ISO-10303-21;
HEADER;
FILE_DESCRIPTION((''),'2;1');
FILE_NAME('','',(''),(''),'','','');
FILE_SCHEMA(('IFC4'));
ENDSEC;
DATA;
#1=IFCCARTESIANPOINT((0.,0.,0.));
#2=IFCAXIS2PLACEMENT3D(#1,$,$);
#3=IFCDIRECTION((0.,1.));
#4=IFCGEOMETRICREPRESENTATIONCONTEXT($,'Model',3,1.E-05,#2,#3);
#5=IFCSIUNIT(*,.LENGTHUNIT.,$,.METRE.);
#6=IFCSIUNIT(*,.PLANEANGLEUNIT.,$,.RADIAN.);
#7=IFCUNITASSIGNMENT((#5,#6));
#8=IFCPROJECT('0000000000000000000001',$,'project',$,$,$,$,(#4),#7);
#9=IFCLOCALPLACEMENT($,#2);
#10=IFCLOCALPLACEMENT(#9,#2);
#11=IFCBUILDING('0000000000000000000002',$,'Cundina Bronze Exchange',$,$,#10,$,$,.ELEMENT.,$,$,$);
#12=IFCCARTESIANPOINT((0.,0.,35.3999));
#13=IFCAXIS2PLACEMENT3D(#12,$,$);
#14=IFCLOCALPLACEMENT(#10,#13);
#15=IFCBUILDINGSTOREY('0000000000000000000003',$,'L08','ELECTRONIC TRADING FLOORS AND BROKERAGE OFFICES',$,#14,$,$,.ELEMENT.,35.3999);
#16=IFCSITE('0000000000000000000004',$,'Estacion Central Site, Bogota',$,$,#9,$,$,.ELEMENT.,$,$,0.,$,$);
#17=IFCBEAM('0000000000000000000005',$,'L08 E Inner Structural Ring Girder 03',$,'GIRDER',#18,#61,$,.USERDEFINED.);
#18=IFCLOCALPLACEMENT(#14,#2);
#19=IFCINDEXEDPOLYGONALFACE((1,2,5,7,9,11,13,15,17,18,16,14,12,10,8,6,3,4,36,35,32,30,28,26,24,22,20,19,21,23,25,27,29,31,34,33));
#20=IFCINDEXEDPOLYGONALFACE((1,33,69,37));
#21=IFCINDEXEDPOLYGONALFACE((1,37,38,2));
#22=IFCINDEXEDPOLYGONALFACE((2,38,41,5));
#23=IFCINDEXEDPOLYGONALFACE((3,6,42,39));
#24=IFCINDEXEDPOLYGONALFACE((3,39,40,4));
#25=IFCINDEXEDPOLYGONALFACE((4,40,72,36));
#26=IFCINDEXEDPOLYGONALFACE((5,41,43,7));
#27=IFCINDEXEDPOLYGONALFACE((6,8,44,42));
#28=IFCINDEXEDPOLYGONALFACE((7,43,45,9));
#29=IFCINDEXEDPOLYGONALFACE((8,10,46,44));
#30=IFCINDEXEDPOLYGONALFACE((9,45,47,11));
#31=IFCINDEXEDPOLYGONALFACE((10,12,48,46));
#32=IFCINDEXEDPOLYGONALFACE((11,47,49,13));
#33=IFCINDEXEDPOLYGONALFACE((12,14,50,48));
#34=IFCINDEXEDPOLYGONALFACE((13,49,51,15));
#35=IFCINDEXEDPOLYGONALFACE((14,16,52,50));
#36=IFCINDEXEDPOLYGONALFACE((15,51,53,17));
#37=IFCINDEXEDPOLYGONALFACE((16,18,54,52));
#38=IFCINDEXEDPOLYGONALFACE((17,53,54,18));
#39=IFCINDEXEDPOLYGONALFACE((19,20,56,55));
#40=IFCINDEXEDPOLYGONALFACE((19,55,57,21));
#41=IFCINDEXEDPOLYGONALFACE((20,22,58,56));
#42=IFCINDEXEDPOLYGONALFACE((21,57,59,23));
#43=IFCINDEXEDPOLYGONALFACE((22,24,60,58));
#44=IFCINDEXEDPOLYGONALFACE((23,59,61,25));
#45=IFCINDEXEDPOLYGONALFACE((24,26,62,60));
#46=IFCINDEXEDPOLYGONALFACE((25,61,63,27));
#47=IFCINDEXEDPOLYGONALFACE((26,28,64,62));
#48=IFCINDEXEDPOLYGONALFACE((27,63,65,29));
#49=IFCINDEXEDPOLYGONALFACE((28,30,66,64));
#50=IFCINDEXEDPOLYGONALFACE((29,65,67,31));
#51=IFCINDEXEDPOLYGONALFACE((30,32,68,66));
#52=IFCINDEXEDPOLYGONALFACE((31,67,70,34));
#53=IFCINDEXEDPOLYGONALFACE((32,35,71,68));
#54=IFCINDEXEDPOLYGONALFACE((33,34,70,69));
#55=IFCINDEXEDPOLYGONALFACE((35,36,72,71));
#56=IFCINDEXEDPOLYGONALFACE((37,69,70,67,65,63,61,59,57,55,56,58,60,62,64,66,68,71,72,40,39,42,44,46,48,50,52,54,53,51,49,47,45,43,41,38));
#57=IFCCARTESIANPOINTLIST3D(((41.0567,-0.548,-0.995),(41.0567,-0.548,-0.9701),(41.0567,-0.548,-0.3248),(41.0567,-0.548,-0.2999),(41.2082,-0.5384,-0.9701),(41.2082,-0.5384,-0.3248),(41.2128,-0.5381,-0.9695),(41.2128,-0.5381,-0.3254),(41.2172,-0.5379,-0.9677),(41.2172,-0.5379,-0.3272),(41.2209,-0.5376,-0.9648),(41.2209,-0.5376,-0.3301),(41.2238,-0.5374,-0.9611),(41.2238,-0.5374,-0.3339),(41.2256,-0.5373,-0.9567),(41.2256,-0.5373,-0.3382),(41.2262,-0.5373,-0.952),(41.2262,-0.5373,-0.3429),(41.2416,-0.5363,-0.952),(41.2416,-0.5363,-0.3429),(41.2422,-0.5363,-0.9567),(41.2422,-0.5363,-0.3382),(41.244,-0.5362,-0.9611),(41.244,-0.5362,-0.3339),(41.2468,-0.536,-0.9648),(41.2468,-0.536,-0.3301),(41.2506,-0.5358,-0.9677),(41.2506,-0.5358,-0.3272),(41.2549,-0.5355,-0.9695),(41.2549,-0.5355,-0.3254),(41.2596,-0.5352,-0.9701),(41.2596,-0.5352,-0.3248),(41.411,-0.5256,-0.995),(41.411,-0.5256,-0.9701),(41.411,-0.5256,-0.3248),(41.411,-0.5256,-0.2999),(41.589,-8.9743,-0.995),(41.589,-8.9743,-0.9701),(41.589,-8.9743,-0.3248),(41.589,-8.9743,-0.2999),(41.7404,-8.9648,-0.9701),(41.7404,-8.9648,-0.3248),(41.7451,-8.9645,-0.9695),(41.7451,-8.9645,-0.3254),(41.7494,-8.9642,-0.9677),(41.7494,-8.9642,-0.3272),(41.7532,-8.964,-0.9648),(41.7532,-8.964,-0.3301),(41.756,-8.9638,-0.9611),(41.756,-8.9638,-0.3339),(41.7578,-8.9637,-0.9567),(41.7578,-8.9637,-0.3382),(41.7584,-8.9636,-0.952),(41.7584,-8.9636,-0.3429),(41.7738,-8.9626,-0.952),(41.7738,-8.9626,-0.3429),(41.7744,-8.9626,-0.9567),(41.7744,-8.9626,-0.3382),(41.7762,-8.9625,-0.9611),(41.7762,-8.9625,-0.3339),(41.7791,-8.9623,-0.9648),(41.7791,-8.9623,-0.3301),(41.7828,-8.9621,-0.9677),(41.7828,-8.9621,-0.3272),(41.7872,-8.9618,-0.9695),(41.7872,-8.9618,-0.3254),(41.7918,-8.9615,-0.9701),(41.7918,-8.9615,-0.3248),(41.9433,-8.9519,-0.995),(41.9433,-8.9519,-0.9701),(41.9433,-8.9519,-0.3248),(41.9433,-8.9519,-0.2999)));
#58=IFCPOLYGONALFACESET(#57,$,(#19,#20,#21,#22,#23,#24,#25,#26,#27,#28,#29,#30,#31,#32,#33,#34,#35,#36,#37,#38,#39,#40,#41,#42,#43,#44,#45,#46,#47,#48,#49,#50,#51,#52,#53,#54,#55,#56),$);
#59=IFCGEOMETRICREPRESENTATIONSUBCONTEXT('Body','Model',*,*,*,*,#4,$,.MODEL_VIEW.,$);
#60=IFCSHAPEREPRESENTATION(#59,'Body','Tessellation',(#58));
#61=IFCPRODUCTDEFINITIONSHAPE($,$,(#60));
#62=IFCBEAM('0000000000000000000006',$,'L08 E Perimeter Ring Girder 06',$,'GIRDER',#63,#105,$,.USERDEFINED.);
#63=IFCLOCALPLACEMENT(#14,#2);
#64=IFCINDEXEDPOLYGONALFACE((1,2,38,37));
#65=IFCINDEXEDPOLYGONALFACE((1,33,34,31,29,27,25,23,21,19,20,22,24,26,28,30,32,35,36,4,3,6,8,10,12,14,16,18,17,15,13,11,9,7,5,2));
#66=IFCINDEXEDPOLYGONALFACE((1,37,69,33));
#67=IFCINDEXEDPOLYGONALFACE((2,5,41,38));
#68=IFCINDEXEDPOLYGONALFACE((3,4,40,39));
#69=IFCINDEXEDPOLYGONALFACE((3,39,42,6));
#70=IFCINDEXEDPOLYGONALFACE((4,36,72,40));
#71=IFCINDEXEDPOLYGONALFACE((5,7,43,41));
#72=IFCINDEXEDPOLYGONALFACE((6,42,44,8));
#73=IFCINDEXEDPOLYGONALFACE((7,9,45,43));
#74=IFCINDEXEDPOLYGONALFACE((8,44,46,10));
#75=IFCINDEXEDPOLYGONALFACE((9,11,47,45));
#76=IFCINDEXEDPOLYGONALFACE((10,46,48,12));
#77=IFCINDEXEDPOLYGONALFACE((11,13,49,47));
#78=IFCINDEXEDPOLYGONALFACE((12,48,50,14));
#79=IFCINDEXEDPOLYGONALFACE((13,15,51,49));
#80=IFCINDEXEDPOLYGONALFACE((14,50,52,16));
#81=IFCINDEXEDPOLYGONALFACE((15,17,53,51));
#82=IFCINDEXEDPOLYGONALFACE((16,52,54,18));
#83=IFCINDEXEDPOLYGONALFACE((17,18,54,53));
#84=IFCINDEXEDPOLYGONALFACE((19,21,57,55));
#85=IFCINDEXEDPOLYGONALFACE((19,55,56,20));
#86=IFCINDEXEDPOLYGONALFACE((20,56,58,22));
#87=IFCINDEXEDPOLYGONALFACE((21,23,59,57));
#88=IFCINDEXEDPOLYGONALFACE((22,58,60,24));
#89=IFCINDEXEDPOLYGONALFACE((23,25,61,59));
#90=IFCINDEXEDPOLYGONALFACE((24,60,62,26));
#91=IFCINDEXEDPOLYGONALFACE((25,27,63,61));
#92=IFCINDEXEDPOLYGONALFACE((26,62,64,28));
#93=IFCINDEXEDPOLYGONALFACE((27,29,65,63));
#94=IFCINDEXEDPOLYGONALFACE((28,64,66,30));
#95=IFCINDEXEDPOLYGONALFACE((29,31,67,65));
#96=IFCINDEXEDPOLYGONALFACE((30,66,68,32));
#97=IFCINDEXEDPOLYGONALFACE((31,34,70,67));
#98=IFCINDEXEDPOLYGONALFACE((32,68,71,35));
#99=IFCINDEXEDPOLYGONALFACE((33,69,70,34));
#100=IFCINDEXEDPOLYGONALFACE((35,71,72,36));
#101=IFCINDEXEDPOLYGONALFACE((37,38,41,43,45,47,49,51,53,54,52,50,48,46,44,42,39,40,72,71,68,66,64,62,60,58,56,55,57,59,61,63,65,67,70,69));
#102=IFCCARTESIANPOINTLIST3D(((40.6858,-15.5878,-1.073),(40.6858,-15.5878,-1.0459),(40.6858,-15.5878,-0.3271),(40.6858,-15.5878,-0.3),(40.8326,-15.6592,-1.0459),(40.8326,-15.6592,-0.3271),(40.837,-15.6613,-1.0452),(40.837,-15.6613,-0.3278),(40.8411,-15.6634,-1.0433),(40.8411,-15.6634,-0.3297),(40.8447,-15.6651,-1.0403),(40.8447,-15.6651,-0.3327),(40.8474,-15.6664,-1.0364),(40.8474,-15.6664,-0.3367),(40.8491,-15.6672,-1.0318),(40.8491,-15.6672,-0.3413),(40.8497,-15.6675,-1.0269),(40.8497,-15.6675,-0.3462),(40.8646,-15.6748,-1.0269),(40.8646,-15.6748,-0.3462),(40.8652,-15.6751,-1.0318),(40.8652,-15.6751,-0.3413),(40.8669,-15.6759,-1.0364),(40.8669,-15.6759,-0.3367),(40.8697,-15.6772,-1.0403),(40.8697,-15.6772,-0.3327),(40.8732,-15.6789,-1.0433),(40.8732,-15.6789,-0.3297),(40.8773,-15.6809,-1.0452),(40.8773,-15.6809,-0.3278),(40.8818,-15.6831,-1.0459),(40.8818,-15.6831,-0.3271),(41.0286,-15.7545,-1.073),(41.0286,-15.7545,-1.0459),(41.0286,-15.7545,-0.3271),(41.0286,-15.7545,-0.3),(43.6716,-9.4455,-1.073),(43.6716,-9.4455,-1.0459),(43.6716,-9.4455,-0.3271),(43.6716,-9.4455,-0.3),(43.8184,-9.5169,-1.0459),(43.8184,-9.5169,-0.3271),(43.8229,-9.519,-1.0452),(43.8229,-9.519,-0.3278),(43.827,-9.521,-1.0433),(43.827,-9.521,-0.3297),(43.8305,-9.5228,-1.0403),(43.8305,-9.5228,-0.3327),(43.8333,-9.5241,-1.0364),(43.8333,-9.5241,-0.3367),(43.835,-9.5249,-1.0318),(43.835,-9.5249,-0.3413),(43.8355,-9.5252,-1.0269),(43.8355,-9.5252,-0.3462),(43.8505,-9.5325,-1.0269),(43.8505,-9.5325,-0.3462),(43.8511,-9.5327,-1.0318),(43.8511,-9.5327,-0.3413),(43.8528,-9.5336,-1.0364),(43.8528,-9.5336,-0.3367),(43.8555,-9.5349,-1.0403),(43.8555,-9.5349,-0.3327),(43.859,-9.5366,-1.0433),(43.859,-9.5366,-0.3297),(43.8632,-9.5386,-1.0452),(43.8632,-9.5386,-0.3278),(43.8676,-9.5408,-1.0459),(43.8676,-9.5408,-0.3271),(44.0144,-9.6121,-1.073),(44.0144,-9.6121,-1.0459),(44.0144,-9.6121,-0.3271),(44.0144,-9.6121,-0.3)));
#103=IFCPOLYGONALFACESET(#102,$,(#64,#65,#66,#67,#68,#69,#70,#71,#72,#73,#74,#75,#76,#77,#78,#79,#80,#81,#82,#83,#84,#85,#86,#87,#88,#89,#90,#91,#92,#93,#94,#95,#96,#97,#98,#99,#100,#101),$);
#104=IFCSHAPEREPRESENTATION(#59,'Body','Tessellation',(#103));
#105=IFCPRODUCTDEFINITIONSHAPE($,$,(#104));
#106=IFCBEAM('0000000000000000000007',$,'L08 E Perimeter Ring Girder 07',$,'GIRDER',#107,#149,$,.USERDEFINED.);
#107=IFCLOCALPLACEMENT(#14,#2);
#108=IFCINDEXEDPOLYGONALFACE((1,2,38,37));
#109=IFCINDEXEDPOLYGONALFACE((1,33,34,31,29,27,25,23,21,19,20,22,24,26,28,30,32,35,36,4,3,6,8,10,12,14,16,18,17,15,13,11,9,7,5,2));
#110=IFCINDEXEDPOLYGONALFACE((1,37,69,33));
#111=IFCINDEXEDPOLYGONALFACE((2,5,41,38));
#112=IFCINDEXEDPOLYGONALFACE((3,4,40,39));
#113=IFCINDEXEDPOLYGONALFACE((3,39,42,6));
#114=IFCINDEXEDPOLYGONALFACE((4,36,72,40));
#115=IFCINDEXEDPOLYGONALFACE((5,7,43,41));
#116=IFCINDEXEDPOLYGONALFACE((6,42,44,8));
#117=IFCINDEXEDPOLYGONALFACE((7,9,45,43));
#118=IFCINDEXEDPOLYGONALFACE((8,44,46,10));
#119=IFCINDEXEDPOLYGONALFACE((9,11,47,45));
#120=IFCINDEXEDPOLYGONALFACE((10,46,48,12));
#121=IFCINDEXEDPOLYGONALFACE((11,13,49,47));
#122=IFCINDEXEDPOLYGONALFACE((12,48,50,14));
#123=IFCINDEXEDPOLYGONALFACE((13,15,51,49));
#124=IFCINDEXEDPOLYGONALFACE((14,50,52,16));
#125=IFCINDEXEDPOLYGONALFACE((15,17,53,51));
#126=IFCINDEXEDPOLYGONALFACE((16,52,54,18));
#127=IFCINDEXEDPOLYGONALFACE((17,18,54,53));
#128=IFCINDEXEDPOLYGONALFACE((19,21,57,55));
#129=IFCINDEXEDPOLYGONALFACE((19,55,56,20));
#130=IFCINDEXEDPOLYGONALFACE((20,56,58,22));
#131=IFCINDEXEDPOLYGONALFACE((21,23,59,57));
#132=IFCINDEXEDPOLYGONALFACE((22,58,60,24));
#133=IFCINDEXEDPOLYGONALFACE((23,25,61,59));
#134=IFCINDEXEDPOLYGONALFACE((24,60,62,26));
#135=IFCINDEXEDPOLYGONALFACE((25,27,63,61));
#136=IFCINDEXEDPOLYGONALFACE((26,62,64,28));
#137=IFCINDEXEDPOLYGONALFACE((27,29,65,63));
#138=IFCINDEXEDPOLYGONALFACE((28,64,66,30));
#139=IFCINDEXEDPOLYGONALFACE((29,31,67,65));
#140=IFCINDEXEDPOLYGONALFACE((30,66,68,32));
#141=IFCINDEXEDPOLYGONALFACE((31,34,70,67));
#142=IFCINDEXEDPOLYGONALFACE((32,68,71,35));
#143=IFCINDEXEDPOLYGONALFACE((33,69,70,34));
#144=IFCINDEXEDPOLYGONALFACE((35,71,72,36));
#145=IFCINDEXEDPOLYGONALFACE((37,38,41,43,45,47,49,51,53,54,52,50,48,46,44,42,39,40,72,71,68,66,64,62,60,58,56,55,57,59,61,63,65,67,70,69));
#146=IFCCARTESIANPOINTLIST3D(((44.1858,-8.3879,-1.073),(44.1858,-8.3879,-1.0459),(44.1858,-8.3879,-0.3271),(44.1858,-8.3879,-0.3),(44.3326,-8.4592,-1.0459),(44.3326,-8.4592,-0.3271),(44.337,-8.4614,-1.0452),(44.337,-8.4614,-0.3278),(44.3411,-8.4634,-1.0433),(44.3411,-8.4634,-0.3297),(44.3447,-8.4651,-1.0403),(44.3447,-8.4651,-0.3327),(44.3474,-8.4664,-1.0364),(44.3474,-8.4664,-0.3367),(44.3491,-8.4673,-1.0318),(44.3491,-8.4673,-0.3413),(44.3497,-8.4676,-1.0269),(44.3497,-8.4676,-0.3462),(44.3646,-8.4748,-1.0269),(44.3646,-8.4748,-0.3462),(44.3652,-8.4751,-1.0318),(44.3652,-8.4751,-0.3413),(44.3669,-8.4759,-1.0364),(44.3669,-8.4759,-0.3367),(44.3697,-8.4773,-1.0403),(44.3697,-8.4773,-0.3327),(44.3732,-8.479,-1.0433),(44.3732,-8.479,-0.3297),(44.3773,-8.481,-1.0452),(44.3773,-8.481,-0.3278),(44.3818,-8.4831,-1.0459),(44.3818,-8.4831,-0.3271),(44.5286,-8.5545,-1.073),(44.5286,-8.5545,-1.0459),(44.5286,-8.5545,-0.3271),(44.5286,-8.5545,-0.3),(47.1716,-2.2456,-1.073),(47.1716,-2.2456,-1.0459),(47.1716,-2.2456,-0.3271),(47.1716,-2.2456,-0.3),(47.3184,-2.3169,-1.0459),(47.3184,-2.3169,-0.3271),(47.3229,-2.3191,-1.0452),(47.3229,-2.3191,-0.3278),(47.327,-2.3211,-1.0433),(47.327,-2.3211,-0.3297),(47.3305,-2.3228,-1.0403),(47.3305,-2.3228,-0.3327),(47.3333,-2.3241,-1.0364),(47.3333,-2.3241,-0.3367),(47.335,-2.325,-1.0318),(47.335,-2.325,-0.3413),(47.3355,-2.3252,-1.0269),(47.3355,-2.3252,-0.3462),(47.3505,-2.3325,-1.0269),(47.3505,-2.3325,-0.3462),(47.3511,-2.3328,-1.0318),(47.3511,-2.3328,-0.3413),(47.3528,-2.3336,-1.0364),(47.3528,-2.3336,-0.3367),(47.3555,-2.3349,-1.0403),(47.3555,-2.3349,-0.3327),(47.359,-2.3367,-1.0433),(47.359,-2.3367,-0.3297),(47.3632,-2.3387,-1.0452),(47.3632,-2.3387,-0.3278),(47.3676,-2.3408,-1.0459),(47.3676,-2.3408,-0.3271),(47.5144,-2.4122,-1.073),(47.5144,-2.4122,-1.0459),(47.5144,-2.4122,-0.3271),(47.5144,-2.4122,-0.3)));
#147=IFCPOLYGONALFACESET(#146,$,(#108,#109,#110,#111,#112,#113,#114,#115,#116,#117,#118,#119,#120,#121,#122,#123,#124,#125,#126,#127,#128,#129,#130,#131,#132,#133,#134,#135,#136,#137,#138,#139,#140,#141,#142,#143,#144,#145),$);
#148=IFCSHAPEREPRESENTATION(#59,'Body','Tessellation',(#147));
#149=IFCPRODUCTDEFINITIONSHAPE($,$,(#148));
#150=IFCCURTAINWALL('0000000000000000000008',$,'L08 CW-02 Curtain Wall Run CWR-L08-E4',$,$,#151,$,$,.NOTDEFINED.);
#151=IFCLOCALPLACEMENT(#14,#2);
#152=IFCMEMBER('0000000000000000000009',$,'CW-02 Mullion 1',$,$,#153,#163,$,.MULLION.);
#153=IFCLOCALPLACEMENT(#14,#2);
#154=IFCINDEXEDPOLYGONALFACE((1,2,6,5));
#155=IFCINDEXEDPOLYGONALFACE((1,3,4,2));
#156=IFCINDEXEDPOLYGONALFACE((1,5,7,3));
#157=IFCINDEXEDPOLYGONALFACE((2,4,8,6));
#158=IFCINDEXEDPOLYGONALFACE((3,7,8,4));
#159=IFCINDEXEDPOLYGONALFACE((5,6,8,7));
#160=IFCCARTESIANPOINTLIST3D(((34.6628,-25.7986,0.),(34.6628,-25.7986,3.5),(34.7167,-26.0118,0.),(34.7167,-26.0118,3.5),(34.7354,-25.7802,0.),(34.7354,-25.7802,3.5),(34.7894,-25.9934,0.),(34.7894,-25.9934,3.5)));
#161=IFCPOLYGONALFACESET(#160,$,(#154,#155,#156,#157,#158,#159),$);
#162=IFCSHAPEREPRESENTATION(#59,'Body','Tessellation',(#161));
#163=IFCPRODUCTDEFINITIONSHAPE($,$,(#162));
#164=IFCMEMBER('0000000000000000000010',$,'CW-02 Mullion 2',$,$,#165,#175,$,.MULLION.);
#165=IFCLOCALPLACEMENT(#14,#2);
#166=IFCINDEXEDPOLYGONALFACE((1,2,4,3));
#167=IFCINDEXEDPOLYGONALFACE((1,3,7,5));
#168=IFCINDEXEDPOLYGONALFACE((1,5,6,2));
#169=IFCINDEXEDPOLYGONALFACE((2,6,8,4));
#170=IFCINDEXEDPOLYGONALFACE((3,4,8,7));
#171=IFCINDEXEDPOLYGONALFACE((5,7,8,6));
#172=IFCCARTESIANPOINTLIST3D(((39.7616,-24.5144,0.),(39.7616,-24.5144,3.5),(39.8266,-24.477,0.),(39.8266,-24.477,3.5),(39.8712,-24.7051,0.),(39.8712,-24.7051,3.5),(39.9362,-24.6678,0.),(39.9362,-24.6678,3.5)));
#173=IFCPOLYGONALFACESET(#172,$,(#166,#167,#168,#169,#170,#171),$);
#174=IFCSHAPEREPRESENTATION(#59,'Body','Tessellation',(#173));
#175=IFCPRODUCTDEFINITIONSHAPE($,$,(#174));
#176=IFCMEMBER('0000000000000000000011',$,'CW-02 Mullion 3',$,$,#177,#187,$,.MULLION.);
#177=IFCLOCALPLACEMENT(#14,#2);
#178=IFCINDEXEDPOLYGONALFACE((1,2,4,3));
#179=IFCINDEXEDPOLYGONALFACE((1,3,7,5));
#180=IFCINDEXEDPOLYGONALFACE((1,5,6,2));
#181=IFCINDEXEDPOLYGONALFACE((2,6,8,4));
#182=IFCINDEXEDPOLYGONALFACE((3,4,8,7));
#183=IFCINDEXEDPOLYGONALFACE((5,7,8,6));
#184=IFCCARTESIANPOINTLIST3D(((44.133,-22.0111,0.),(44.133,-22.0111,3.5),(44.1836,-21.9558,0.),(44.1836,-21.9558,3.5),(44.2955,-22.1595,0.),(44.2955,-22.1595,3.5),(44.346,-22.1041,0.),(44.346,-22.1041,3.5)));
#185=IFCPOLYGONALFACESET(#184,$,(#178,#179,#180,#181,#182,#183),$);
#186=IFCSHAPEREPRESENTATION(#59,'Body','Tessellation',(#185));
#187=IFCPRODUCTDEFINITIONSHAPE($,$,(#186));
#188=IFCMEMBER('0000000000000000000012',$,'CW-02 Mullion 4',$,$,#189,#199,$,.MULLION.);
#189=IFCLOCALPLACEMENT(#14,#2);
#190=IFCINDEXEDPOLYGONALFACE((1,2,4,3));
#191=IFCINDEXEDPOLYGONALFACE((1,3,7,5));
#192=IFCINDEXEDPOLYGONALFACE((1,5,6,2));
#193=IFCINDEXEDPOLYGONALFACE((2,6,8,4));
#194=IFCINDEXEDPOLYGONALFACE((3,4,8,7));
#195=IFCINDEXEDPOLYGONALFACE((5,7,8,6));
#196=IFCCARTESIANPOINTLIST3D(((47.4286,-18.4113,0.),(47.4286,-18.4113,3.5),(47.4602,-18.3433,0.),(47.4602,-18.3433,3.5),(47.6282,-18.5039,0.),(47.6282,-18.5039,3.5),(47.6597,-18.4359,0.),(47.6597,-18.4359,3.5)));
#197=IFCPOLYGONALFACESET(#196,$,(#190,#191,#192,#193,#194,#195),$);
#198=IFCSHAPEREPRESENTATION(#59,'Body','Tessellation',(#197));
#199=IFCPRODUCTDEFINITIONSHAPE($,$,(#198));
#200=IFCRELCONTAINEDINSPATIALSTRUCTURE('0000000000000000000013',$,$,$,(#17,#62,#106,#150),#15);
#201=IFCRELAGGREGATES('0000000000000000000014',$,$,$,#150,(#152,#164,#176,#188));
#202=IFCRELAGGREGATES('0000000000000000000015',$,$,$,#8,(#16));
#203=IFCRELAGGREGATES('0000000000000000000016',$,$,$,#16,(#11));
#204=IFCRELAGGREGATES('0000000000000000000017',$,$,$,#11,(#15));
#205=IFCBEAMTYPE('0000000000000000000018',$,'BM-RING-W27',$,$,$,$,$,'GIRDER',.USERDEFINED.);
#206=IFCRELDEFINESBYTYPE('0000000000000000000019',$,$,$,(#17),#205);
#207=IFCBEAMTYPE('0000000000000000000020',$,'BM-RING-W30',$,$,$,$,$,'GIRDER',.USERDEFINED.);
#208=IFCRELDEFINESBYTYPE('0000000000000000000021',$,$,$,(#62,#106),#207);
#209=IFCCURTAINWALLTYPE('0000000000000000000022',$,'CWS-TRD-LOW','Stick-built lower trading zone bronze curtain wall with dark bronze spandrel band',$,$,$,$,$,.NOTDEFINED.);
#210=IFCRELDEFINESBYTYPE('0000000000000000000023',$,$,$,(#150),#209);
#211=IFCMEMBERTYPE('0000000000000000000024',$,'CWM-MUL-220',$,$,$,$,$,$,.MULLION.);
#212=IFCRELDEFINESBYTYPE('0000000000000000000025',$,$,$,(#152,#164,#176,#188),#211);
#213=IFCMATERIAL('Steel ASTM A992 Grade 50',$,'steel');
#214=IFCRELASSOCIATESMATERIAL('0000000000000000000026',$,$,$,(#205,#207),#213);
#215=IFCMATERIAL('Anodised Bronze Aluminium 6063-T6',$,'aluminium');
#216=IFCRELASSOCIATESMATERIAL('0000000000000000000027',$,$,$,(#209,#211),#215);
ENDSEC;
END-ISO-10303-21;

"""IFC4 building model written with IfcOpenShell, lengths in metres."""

from ifc_helpers import new_model, si_unit, direction, frame, origin, origin_2d, place, context, subcontext, project, spatial, rectangle, i_section, extrude, material, material_profile, profile_set, type_object, element, aggregate, save


model = new_model("IFC4")

# Units and contexts
model_context = context("Model", 3, precision=1e-05, world=origin(), true_north=direction((0.0, 1.0)))
body_context = subcontext(model_context, "Body", "Model", "MODEL_VIEW")
ifc_project = project(units=[si_unit("LENGTHUNIT", "METRE"), si_unit("PLANEANGLEUNIT", "RADIAN")], contexts=[model_context])

# Site, building, storey
site_placement = place(None, origin())
site = spatial("IfcSite", under=ifc_project, at=site_placement, Name="Estacion Central Site, Bogota", CompositionType="ELEMENT", RefElevation=0.0)
building_placement = place(site_placement, origin())
building = spatial("IfcBuilding", under=site, at=building_placement, Name="Cundina Bronze Exchange", CompositionType="ELEMENT")
storey_placement = place(building_placement, frame((0.0, 0.0, 35.3999)))
storey = spatial("IfcBuildingStorey", under=building, at=storey_placement, Name="L08", Description="ELECTRONIC TRADING FLOORS AND BROKERAGE OFFICES", CompositionType="ELEMENT", Elevation=35.3999)

# Beams
ifc_material_1 = material(Name="Steel ASTM A992 Grade 50", Category="steel")
ifc_material_profile_1 = material_profile(ifc_material_1, i_section(OverallWidth=0.355, OverallDepth=0.6951, WebThickness=0.0154, FlangeThickness=0.0249, FilletRadius=0.0181, at=origin_2d()), Name="W27X146", Category="steel")
ifc_profile_set_1 = profile_set([ifc_material_profile_1], Name="Steel ASTM A992 Grade 50")
beam_type_1 = type_object("IfcBeamType", Name="BM-RING-W27", ElementType="GIRDER", PredefinedType="USERDEFINED", material=ifc_profile_set_1)
beam_1_placement = place(storey_placement, frame((41.7661, -8.9631, -0.6475), z_axis=(-0.063037, 0.998011, 0.0), x_axis=(-0.998011, -0.063037, 0.0)))
element("IfcBeam", 1, at=beam_1_placement, inside=storey, type_object=beam_type_1, Name="L08 E Inner Structural Ring Girder 03", ObjectType="GIRDER", PredefinedType="USERDEFINED", context=body_context, shape_type="SweptSolid", body=[
    extrude(i_section(OverallWidth=0.355, OverallDepth=0.6951, WebThickness=0.0154, FlangeThickness=0.0249, FilletRadius=0.0181, at=origin_2d()), origin(), (0.0, 0.0, 1.0), 8.4431),
])
ifc_material_profile_2 = material_profile(ifc_material_1, i_section(OverallWidth=0.3811, OverallDepth=0.7729, WebThickness=0.0166, FlangeThickness=0.0271, FilletRadius=0.019, at=origin_2d()), Name="W30X173", Category="steel")
ifc_profile_set_2 = profile_set([ifc_material_profile_2], Name="Steel ASTM A992 Grade 50")
beam_type_2 = type_object("IfcBeamType", Name="BM-RING-W30", ElementType="GIRDER", PredefinedType="USERDEFINED", material=ifc_profile_set_2)
for number, where, z_axis, x_axis, name in (
    (2, (40.8572, -15.6711, -0.6865), (0.437191, 0.899369, 0.0), (-0.899369, 0.437191, 0.0), "L08 E Perimeter Ring Girder 06"),
    (3, (44.3572, -8.4712, -0.6865), (0.437191, 0.899369, 0.0), (-0.899369, 0.437191, 0.0), "L08 E Perimeter Ring Girder 07"),
):
    element("IfcBeam", number, at=place(storey_placement, frame(where, z_axis=z_axis, x_axis=x_axis)), inside=storey, type_object=beam_type_2, Name=name, ObjectType="GIRDER", PredefinedType="USERDEFINED", context=body_context, shape_type="SweptSolid", body=[
        extrude(i_section(OverallWidth=0.3811, OverallDepth=0.7729, WebThickness=0.0166, FlangeThickness=0.0271, FilletRadius=0.019, at=origin_2d()), origin(), (0.0, 0.0, 1.0), 6.8296),
    ])

# Curtain wall, members
ifc_material_2 = material(Name="Anodised Bronze Aluminium 6063-T6", Category="aluminium")
curtain_wall_type = type_object("IfcCurtainWallType", Name="CWS-TRD-LOW", Description="Stick-built lower trading zone bronze curtain wall with dark bronze spandrel band", PredefinedType="NOTDEFINED", material=ifc_material_2)
curtain_wall_placement = place(storey_placement, origin())
curtain_wall = element("IfcCurtainWall", 4, at=curtain_wall_placement, inside=storey, type_object=curtain_wall_type, Name="L08 CW-02 Curtain Wall Run CWR-L08-E4", PredefinedType="NOTDEFINED")
ifc_material_profile_3 = material_profile(ifc_material_2, rectangle(XDim=0.075, YDim=0.22, at=origin_2d()), Name="AL75X220", Category="aluminium")
ifc_profile_set_3 = profile_set([ifc_material_profile_3], Name="Anodised Bronze Aluminium 6063-T6")
member_type_1 = type_object("IfcMemberType", Name="CWM-MUL-220", PredefinedType="MULLION", material=ifc_profile_set_3)
member_1_placement = place(storey_placement, frame((34.7261, -25.896, 0.0), z_axis=(0.0, 0.0, 1.0), x_axis=(0.969488, 0.245138, 0.0)))
member_1 = element("IfcMember", 5, at=member_1_placement, type_object=member_type_1, Name="CW-02 Mullion 1", PredefinedType="MULLION", context=body_context, shape_type="SweptSolid", body=[
    extrude(rectangle(XDim=0.075, YDim=0.22, at=origin_2d()), origin(), (0.0, 0.0, 1.0), 3.5),
])
member_2_placement = place(storey_placement, frame((39.8489, -24.5911, 0.0), z_axis=(0.0, 0.0, 1.0), x_axis=(0.867071, 0.498185, 0.0)))
member_2 = element("IfcMember", 6, at=member_2_placement, type_object=member_type_1, Name="CW-02 Mullion 2", PredefinedType="MULLION", context=body_context, shape_type="SweptSolid", body=[
    extrude(rectangle(XDim=0.075, YDim=0.22, at=origin_2d()), origin(), (0.0, 0.0, 1.0), 3.5),
])
member_3_placement = place(storey_placement, frame((44.2395, -22.0576, 0.0), z_axis=(0.0, 0.0, 1.0), x_axis=(0.674302, 0.738455, 0.0)))
member_3 = element("IfcMember", 7, at=member_3_placement, type_object=member_type_1, Name="CW-02 Mullion 3", PredefinedType="MULLION", context=body_context, shape_type="SweptSolid", body=[
    extrude(rectangle(XDim=0.075, YDim=0.22, at=origin_2d()), origin(), (0.0, 0.0, 1.0), 3.5),
])
member_4_placement = place(storey_placement, frame((47.5442, -18.4236, 0.0), z_axis=(0.0, 0.0, 1.0), x_axis=(0.420877, 0.907117, 0.0)))
member_4 = element("IfcMember", 8, at=member_4_placement, type_object=member_type_1, Name="CW-02 Mullion 4", PredefinedType="MULLION", context=body_context, shape_type="SweptSolid", body=[
    extrude(rectangle(XDim=0.075, YDim=0.22, at=origin_2d()), origin(), (0.0, 0.0, 1.0), 3.5),
])
aggregate(curtain_wall, [member_1, member_2, member_3, member_4])

save(model, "model.ifc")
